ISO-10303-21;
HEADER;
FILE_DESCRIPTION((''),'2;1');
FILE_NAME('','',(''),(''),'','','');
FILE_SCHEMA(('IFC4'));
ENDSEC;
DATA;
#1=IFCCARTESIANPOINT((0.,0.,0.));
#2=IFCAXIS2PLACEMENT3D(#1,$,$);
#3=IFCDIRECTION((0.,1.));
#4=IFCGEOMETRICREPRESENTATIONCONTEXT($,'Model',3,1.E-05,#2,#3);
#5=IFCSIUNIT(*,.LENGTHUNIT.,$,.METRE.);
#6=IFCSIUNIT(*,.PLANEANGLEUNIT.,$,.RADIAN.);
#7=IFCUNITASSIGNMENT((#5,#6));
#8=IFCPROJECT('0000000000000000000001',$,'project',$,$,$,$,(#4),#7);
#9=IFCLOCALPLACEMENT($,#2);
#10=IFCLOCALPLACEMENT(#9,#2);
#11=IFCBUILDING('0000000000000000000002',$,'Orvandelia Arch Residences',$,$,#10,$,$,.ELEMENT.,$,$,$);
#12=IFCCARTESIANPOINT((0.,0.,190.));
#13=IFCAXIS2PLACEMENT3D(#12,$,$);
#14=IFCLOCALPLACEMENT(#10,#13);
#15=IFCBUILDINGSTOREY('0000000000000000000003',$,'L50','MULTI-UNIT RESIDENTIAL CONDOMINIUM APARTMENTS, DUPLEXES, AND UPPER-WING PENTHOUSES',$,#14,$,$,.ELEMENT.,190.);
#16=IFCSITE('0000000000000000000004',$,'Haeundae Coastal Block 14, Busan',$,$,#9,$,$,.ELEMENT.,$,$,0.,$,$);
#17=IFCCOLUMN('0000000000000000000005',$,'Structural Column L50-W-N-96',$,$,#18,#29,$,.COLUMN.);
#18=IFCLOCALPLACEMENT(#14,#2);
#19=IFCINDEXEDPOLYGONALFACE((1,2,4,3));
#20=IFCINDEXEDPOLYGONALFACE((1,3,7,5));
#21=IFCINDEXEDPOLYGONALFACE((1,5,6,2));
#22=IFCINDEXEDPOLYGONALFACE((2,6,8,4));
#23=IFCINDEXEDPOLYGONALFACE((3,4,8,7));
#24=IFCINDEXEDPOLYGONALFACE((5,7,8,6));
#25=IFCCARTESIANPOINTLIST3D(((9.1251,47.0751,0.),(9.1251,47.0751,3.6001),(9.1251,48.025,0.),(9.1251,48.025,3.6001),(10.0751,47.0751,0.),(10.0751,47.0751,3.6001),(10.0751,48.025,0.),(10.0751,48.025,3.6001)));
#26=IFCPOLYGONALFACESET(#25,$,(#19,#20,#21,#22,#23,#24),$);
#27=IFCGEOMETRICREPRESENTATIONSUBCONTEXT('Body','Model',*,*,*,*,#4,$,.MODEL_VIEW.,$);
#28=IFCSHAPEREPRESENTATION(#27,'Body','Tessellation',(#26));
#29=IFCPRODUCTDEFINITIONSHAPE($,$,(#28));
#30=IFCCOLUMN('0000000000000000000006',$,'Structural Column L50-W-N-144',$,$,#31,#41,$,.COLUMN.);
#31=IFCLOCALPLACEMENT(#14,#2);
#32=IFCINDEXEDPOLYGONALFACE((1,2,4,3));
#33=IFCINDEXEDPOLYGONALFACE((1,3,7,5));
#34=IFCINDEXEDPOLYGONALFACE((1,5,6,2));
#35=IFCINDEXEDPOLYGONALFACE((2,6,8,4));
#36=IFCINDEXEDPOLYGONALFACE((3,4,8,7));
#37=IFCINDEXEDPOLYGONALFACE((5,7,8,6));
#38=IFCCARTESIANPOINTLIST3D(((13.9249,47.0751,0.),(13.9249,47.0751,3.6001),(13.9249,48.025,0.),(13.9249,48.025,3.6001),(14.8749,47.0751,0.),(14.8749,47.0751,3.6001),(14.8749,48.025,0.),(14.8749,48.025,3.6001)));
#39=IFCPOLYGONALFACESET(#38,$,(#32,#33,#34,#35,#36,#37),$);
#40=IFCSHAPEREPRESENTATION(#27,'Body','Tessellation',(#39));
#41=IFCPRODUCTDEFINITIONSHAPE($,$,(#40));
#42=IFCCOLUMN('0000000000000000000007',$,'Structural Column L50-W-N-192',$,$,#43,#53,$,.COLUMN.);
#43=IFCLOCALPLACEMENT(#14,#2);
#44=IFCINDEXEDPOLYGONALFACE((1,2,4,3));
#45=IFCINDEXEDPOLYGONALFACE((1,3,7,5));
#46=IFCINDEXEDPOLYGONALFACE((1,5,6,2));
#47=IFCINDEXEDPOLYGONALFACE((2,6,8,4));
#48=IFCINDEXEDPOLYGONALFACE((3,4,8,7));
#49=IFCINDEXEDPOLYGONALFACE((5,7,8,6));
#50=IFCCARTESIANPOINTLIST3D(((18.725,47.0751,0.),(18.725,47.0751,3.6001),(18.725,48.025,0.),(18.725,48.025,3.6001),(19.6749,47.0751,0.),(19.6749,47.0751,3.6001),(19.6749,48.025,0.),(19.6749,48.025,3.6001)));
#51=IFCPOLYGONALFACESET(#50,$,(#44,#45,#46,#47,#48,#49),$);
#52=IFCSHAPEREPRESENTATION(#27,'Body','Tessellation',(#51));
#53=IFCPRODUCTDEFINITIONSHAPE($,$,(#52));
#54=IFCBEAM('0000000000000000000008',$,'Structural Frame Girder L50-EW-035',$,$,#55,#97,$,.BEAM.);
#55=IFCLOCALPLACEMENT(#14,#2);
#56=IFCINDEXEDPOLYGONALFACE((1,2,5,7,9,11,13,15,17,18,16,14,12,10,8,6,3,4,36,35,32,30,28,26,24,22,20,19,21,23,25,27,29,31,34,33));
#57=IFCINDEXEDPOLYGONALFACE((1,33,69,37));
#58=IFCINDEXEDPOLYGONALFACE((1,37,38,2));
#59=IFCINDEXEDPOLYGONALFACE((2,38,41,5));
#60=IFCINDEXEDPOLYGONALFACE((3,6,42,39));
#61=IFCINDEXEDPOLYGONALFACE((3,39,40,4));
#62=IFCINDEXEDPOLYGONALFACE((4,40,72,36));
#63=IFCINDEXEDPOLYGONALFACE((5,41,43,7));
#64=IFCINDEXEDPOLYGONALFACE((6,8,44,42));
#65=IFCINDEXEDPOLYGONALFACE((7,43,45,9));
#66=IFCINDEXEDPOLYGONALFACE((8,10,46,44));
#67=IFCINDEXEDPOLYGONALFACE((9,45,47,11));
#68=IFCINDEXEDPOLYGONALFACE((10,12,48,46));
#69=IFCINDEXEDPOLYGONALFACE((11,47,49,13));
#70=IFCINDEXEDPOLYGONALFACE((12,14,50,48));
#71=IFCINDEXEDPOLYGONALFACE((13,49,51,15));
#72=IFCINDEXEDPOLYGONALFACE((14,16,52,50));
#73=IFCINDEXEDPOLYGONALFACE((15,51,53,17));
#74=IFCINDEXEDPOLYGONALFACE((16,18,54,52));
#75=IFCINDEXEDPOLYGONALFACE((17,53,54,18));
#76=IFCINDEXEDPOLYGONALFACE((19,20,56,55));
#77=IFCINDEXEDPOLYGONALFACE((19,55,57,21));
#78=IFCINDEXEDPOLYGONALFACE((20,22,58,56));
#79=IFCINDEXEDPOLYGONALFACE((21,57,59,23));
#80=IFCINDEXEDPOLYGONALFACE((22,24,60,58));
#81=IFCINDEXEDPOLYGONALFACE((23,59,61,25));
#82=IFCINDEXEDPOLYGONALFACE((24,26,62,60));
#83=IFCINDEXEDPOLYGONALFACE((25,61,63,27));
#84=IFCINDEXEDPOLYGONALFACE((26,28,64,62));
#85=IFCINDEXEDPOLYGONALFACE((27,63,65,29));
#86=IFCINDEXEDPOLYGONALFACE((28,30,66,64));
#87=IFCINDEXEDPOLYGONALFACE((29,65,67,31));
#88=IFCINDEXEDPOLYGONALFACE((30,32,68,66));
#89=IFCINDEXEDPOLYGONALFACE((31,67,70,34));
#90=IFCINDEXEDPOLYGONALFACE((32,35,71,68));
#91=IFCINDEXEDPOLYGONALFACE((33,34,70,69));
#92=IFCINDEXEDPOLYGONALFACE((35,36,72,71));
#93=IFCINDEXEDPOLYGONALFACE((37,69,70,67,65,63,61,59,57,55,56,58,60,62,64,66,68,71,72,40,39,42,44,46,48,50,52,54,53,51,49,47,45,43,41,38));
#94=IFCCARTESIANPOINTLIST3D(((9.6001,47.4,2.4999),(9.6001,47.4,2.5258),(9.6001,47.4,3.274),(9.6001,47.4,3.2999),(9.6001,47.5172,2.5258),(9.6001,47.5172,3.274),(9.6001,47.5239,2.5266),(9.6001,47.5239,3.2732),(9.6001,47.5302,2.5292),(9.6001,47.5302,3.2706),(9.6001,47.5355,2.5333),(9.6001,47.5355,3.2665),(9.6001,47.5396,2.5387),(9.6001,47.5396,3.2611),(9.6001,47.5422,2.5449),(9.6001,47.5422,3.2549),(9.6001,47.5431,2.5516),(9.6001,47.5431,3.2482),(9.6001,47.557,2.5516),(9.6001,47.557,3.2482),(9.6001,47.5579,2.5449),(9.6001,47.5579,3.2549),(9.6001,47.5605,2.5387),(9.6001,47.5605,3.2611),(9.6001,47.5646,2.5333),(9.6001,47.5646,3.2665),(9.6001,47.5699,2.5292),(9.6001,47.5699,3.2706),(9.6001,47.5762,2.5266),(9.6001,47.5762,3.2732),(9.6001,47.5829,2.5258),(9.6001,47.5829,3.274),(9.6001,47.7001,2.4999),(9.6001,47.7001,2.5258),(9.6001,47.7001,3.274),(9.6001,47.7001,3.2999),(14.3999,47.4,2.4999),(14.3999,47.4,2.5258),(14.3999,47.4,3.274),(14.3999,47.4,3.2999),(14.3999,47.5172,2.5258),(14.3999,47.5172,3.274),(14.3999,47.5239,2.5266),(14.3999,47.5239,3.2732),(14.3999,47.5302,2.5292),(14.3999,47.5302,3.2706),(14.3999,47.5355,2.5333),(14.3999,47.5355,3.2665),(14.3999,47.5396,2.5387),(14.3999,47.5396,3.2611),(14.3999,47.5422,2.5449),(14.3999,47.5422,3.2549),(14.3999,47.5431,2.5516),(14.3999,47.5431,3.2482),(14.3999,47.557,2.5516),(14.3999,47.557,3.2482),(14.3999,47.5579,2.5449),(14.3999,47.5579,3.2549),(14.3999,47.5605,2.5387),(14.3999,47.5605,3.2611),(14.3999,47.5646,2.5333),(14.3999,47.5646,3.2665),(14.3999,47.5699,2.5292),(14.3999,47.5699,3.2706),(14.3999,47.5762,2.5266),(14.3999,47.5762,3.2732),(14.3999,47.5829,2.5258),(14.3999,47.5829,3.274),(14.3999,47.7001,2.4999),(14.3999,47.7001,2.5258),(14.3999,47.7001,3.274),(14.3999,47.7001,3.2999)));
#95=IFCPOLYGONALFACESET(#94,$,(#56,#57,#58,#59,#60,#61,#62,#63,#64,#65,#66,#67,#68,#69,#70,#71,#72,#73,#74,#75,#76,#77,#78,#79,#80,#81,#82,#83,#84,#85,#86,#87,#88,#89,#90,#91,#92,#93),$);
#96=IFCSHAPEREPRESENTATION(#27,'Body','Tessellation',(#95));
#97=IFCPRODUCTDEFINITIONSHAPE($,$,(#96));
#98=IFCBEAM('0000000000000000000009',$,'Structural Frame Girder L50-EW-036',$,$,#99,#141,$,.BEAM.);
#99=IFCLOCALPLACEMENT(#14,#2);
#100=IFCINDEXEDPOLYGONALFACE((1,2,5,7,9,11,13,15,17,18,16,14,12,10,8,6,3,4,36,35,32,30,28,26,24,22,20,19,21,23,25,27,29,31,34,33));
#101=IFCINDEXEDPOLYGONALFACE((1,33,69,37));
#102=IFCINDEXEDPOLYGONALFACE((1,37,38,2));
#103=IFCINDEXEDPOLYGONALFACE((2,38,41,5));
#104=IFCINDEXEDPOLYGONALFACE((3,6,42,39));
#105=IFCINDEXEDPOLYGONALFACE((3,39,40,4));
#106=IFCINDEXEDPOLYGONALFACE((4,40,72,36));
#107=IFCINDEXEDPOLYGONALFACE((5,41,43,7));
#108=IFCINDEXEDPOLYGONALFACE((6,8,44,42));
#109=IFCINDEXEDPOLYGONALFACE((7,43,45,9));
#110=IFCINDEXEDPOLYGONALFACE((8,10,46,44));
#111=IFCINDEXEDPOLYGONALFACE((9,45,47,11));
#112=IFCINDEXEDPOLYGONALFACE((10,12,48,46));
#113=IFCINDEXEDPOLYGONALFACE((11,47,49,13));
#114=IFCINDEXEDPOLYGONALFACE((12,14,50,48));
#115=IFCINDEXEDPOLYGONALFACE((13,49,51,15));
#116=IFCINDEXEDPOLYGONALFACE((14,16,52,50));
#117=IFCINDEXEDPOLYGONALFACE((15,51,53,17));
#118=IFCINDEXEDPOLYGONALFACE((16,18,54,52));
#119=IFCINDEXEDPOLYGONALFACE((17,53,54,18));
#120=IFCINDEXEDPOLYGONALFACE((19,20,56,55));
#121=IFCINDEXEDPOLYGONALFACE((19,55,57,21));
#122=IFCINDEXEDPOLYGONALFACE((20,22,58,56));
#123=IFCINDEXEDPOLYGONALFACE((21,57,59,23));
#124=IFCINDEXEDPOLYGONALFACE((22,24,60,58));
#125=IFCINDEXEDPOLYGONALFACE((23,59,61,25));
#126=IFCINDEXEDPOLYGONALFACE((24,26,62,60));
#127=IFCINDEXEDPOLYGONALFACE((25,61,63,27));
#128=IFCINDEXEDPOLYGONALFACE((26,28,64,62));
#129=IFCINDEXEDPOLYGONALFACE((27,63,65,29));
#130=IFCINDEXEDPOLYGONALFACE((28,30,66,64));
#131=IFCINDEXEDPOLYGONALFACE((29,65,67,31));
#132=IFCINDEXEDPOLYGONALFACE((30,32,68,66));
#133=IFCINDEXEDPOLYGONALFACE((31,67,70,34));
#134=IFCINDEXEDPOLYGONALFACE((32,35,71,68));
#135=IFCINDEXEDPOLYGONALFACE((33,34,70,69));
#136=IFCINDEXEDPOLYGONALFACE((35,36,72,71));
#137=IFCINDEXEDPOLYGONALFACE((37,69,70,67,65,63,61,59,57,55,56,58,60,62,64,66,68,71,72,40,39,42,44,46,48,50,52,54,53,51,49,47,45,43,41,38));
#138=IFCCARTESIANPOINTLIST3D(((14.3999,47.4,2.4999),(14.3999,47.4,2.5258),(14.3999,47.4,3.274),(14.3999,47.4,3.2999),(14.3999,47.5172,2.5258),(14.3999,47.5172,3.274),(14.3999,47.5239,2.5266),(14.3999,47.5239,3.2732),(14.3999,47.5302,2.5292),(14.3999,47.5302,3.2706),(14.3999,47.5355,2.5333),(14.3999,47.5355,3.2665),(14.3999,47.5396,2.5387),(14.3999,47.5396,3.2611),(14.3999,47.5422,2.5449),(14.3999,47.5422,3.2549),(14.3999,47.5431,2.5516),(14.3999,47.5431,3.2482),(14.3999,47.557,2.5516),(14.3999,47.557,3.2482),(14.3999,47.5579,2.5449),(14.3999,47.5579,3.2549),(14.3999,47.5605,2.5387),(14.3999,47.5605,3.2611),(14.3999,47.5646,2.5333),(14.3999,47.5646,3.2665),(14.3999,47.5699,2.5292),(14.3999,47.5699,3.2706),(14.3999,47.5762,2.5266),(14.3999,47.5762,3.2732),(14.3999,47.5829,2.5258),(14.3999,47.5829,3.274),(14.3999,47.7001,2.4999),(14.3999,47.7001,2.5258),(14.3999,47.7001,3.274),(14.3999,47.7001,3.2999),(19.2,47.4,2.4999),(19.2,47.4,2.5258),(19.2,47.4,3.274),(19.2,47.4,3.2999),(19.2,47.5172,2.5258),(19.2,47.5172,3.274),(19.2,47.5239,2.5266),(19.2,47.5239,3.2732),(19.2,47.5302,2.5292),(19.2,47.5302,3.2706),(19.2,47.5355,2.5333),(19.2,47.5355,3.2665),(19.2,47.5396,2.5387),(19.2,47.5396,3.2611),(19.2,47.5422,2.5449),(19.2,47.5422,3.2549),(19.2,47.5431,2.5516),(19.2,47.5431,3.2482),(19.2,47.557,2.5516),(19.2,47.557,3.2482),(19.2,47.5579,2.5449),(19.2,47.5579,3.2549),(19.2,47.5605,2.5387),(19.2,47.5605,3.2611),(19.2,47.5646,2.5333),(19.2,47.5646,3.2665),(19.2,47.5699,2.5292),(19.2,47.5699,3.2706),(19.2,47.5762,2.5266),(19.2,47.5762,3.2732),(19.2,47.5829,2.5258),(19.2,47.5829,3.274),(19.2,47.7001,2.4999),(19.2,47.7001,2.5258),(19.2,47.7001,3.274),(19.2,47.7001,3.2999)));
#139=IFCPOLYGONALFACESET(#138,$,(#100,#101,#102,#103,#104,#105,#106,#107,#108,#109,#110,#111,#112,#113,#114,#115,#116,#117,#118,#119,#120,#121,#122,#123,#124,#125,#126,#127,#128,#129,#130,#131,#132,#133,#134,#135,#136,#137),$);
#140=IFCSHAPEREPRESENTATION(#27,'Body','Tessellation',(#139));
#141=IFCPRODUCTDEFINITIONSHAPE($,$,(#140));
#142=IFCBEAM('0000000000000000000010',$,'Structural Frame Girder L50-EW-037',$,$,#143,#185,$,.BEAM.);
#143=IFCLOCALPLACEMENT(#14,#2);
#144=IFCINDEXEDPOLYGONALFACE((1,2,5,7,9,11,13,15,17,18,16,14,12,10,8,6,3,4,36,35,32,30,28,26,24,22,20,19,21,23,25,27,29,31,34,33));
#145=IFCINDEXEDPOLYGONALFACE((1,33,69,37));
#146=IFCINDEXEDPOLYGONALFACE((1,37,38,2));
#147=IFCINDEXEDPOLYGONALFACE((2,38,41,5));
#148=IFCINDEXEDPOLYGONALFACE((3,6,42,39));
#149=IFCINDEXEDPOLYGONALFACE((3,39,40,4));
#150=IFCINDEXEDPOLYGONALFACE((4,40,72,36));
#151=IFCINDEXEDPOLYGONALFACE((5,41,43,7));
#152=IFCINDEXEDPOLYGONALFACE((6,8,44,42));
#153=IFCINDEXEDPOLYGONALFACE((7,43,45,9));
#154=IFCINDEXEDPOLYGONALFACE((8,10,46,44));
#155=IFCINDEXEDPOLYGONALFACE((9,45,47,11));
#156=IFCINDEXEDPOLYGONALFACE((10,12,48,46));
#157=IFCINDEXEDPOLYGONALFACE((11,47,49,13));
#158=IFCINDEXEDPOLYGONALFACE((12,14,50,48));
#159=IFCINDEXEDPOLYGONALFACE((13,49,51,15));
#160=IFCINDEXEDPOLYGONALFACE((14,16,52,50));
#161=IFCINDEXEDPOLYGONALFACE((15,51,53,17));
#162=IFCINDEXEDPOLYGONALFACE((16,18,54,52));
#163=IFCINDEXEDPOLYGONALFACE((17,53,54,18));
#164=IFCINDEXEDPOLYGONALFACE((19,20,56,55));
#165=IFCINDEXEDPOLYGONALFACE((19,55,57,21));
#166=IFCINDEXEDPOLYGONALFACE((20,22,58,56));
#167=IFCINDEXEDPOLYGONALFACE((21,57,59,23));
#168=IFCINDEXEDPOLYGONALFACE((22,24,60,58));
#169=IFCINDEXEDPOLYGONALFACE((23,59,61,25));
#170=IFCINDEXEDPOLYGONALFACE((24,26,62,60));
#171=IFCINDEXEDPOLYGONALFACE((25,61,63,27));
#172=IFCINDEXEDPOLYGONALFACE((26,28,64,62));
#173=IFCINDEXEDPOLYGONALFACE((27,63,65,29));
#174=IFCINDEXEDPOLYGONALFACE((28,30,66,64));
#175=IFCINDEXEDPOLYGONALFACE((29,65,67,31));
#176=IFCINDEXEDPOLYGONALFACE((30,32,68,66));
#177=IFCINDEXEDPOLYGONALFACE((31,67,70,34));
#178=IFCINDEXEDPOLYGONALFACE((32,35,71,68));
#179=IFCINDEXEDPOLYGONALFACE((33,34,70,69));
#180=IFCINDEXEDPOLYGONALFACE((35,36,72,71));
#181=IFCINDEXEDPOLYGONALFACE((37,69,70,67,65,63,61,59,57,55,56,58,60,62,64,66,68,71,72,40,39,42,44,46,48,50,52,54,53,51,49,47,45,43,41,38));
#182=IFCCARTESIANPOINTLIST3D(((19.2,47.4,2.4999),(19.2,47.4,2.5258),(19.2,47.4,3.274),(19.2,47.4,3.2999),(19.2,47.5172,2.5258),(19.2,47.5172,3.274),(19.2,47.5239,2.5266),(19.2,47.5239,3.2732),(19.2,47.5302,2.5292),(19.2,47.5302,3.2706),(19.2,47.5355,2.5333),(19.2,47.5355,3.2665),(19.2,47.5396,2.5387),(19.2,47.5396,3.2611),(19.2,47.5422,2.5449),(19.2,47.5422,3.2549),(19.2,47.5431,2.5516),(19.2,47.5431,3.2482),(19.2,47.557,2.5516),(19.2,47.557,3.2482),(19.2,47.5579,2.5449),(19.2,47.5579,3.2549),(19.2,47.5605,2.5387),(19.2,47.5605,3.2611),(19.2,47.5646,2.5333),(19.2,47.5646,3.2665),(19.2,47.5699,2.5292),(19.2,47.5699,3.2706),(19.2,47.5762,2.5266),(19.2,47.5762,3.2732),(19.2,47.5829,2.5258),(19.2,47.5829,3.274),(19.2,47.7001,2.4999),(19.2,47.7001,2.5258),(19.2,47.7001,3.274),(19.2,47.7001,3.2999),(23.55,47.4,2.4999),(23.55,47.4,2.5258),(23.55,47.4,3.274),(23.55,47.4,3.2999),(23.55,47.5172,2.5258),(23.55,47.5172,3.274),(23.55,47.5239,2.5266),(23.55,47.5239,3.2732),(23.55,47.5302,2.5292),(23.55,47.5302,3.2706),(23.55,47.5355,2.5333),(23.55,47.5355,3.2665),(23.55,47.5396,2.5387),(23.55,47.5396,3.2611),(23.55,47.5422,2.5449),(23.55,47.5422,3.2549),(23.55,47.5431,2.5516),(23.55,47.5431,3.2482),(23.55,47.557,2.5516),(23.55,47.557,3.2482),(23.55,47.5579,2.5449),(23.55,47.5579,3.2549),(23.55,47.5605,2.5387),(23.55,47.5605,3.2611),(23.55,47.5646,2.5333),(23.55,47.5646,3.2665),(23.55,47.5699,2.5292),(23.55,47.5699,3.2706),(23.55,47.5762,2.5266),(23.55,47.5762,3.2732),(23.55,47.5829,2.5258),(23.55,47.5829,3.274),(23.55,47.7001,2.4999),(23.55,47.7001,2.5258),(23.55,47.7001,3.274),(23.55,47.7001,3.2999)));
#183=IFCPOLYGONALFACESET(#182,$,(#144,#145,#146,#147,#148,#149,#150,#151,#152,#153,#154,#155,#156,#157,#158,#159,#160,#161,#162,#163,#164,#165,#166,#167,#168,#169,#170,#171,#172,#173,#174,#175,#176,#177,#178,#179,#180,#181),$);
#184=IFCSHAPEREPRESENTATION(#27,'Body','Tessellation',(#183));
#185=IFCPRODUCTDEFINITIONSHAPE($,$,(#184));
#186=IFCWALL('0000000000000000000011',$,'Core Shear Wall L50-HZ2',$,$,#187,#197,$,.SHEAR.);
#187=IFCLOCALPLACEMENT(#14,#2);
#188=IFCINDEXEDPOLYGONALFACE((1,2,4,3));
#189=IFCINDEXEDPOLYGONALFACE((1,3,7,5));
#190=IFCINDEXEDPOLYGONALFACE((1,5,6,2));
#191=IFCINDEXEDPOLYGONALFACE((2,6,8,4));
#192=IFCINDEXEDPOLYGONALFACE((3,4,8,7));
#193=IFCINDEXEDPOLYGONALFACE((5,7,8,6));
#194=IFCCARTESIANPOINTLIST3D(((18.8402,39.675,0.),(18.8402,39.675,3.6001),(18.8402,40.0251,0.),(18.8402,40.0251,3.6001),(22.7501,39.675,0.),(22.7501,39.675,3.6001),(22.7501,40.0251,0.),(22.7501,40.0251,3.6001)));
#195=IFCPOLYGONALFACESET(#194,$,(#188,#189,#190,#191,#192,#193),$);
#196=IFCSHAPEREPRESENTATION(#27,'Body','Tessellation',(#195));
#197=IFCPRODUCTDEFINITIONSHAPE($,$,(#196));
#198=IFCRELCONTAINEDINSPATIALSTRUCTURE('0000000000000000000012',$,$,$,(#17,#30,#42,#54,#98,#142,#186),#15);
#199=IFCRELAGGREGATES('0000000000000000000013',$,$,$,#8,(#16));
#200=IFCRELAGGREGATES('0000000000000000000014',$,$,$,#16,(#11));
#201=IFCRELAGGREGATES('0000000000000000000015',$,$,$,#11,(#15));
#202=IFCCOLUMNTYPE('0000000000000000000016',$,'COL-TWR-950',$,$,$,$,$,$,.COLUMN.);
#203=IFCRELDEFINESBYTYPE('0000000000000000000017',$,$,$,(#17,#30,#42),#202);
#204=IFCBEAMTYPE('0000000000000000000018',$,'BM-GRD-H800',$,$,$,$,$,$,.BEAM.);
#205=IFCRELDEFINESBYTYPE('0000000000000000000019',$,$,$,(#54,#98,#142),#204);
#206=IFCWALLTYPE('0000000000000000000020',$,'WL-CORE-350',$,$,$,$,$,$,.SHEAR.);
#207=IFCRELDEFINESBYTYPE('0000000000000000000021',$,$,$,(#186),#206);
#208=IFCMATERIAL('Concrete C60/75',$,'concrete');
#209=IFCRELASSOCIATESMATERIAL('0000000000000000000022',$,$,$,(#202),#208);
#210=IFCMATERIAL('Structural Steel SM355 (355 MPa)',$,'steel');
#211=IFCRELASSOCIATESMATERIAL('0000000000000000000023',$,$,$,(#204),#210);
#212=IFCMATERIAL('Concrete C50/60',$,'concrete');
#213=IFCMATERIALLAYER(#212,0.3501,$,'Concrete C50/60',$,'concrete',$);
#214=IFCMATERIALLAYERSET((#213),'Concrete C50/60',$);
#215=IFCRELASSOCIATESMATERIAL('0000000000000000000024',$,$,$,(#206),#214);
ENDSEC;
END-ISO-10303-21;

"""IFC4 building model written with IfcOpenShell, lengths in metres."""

from ifc_helpers import new_model, si_unit, direction, frame, frame_2d, origin, origin_2d, place, context, subcontext, project, spatial, rectangle, i_section, extrude, material, layer, layer_set, material_profile, profile_set, type_object, element, save


model = new_model("IFC4")

# Units and contexts
model_context = context("Model", 3, precision=1e-05, world=origin(), true_north=direction((0.0, 1.0)))
body_context = subcontext(model_context, "Body", "Model", "MODEL_VIEW")
ifc_project = project(units=[si_unit("LENGTHUNIT", "METRE"), si_unit("PLANEANGLEUNIT", "RADIAN")], contexts=[model_context])

# Site, building, storey
site_placement = place(None, origin())
site = spatial("IfcSite", under=ifc_project, at=site_placement, Name="Haeundae Coastal Block 14, Busan", CompositionType="ELEMENT", RefElevation=0.0)
building_placement = place(site_placement, origin())
building = spatial("IfcBuilding", under=site, at=building_placement, Name="Orvandelia Arch Residences", CompositionType="ELEMENT")
storey_placement = place(building_placement, frame((0.0, 0.0, 190.0)))
storey = spatial("IfcBuildingStorey", under=building, at=storey_placement, Name="L50", Description="MULTI-UNIT RESIDENTIAL CONDOMINIUM APARTMENTS, DUPLEXES, AND UPPER-WING PENTHOUSES", CompositionType="ELEMENT", Elevation=190.0)

# Columns
ifc_material_1 = material(Name="Concrete C60/75", Category="concrete")
ifc_material_profile_1 = material_profile(ifc_material_1, rectangle(XDim=0.95, YDim=0.95, at=origin_2d()), Name="Concrete C60/75", Category="concrete")
ifc_profile_set_1 = profile_set([ifc_material_profile_1], Name="Concrete C60/75")
column_type = type_object("IfcColumnType", Name="COL-TWR-950", PredefinedType="COLUMN", material=ifc_profile_set_1)
for number, where, z_axis, x_axis, name in (
    (1, (9.6001, 47.55, 0.0), (0.0, 0.0, 1.0), (1.0, 0.0, 0.0), "Structural Column L50-W-N-96"),
    (2, (14.3999, 47.55, 0.0), (0.0, 0.0, 1.0), (1.0, 0.0, 0.0), "Structural Column L50-W-N-144"),
    (3, (19.2, 47.55, 0.0), (0.0, 0.0, 1.0), (1.0, 0.0, 0.0), "Structural Column L50-W-N-192"),
):
    element("IfcColumn", number, at=place(storey_placement, frame(where, z_axis=z_axis, x_axis=x_axis)), inside=storey, type_object=column_type, Name=name, PredefinedType="COLUMN", context=body_context, shape_type="SweptSolid", body=[
        extrude(rectangle(XDim=0.95, YDim=0.95, at=origin_2d()), origin(), (0.0, 0.0, 1.0), 3.6001),
    ])

# Beams
ifc_material_2 = material(Name="Structural Steel SM355 (355 MPa)", Category="steel")
ifc_material_profile_2 = material_profile(ifc_material_2, i_section(OverallWidth=0.3, OverallDepth=0.8, WebThickness=0.0139, FlangeThickness=0.0259, FilletRadius=0.0259, at=origin_2d()), Name="Structural Steel SM355 (355 MPa)", Category="steel")
ifc_profile_set_2 = profile_set([ifc_material_profile_2], Name="Structural Steel SM355 (355 MPa)")
beam_type = type_object("IfcBeamType", Name="BM-GRD-H800", PredefinedType="BEAM", material=ifc_profile_set_2)
beam_1_placement = place(storey_placement, frame((9.6001, 47.55, 2.8999), z_axis=(1.0, 0.0, 0.0), x_axis=(0.0, 1.0, 0.0)))
element("IfcBeam", 4, at=beam_1_placement, inside=storey, type_object=beam_type, Name="Structural Frame Girder L50-EW-035", PredefinedType="BEAM", context=body_context, shape_type="SweptSolid", body=[
    extrude(i_section(OverallWidth=0.3, OverallDepth=0.8, WebThickness=0.0139, FlangeThickness=0.0259, FilletRadius=0.0259, at=origin_2d()), origin(), (0.0, 0.0, 1.0), 4.7998),
])
beam_2_placement = place(storey_placement, frame((14.3999, 47.55, 2.8999), z_axis=(1.0, 0.0, 0.0), x_axis=(0.0, 1.0, 0.0)))
element("IfcBeam", 5, at=beam_2_placement, inside=storey, type_object=beam_type, Name="Structural Frame Girder L50-EW-036", PredefinedType="BEAM", context=body_context, shape_type="SweptSolid", body=[
    extrude(i_section(OverallWidth=0.3, OverallDepth=0.8, WebThickness=0.0139, FlangeThickness=0.0259, FilletRadius=0.0259, at=origin_2d()), origin(), (0.0, 0.0, 1.0), 4.8),
])
beam_3_placement = place(storey_placement, frame((19.2, 47.55, 2.8999), z_axis=(1.0, 0.0, 0.0), x_axis=(0.0, 1.0, 0.0)))
element("IfcBeam", 6, at=beam_3_placement, inside=storey, type_object=beam_type, Name="Structural Frame Girder L50-EW-037", PredefinedType="BEAM", context=body_context, shape_type="SweptSolid", body=[
    extrude(i_section(OverallWidth=0.3, OverallDepth=0.8, WebThickness=0.0139, FlangeThickness=0.0259, FilletRadius=0.0259, at=origin_2d()), origin(), (0.0, 0.0, 1.0), 4.3501),
])

# Wall
ifc_material_3 = material(Name="Concrete C50/60", Category="concrete")
ifc_layer_1 = layer(ifc_material_3, 0.3501, Name="Concrete C50/60", Category="concrete")
ifc_layer_set_1 = layer_set([ifc_layer_1], Name="Concrete C50/60")
wall_type_1 = type_object("IfcWallType", Name="WL-CORE-350", PredefinedType="SHEAR", material=ifc_layer_set_1)
wall_1_placement = place(storey_placement, frame((18.8401, 39.8501, 0.0), z_axis=(0.0, 0.0, 1.0), x_axis=(1.0, 0.0, 0.0)))
element("IfcWall", 7, at=wall_1_placement, inside=storey, type_object=wall_type_1, Name="Core Shear Wall L50-HZ2", PredefinedType="SHEAR", context=body_context, shape_type="SweptSolid", body=[
    extrude(rectangle(XDim=3.9099, YDim=0.3501, at=frame_2d((1.9551, 0.0))), origin(), (0.0, 0.0, 1.0), 3.6001),
])

save(model, "model.ifc")
